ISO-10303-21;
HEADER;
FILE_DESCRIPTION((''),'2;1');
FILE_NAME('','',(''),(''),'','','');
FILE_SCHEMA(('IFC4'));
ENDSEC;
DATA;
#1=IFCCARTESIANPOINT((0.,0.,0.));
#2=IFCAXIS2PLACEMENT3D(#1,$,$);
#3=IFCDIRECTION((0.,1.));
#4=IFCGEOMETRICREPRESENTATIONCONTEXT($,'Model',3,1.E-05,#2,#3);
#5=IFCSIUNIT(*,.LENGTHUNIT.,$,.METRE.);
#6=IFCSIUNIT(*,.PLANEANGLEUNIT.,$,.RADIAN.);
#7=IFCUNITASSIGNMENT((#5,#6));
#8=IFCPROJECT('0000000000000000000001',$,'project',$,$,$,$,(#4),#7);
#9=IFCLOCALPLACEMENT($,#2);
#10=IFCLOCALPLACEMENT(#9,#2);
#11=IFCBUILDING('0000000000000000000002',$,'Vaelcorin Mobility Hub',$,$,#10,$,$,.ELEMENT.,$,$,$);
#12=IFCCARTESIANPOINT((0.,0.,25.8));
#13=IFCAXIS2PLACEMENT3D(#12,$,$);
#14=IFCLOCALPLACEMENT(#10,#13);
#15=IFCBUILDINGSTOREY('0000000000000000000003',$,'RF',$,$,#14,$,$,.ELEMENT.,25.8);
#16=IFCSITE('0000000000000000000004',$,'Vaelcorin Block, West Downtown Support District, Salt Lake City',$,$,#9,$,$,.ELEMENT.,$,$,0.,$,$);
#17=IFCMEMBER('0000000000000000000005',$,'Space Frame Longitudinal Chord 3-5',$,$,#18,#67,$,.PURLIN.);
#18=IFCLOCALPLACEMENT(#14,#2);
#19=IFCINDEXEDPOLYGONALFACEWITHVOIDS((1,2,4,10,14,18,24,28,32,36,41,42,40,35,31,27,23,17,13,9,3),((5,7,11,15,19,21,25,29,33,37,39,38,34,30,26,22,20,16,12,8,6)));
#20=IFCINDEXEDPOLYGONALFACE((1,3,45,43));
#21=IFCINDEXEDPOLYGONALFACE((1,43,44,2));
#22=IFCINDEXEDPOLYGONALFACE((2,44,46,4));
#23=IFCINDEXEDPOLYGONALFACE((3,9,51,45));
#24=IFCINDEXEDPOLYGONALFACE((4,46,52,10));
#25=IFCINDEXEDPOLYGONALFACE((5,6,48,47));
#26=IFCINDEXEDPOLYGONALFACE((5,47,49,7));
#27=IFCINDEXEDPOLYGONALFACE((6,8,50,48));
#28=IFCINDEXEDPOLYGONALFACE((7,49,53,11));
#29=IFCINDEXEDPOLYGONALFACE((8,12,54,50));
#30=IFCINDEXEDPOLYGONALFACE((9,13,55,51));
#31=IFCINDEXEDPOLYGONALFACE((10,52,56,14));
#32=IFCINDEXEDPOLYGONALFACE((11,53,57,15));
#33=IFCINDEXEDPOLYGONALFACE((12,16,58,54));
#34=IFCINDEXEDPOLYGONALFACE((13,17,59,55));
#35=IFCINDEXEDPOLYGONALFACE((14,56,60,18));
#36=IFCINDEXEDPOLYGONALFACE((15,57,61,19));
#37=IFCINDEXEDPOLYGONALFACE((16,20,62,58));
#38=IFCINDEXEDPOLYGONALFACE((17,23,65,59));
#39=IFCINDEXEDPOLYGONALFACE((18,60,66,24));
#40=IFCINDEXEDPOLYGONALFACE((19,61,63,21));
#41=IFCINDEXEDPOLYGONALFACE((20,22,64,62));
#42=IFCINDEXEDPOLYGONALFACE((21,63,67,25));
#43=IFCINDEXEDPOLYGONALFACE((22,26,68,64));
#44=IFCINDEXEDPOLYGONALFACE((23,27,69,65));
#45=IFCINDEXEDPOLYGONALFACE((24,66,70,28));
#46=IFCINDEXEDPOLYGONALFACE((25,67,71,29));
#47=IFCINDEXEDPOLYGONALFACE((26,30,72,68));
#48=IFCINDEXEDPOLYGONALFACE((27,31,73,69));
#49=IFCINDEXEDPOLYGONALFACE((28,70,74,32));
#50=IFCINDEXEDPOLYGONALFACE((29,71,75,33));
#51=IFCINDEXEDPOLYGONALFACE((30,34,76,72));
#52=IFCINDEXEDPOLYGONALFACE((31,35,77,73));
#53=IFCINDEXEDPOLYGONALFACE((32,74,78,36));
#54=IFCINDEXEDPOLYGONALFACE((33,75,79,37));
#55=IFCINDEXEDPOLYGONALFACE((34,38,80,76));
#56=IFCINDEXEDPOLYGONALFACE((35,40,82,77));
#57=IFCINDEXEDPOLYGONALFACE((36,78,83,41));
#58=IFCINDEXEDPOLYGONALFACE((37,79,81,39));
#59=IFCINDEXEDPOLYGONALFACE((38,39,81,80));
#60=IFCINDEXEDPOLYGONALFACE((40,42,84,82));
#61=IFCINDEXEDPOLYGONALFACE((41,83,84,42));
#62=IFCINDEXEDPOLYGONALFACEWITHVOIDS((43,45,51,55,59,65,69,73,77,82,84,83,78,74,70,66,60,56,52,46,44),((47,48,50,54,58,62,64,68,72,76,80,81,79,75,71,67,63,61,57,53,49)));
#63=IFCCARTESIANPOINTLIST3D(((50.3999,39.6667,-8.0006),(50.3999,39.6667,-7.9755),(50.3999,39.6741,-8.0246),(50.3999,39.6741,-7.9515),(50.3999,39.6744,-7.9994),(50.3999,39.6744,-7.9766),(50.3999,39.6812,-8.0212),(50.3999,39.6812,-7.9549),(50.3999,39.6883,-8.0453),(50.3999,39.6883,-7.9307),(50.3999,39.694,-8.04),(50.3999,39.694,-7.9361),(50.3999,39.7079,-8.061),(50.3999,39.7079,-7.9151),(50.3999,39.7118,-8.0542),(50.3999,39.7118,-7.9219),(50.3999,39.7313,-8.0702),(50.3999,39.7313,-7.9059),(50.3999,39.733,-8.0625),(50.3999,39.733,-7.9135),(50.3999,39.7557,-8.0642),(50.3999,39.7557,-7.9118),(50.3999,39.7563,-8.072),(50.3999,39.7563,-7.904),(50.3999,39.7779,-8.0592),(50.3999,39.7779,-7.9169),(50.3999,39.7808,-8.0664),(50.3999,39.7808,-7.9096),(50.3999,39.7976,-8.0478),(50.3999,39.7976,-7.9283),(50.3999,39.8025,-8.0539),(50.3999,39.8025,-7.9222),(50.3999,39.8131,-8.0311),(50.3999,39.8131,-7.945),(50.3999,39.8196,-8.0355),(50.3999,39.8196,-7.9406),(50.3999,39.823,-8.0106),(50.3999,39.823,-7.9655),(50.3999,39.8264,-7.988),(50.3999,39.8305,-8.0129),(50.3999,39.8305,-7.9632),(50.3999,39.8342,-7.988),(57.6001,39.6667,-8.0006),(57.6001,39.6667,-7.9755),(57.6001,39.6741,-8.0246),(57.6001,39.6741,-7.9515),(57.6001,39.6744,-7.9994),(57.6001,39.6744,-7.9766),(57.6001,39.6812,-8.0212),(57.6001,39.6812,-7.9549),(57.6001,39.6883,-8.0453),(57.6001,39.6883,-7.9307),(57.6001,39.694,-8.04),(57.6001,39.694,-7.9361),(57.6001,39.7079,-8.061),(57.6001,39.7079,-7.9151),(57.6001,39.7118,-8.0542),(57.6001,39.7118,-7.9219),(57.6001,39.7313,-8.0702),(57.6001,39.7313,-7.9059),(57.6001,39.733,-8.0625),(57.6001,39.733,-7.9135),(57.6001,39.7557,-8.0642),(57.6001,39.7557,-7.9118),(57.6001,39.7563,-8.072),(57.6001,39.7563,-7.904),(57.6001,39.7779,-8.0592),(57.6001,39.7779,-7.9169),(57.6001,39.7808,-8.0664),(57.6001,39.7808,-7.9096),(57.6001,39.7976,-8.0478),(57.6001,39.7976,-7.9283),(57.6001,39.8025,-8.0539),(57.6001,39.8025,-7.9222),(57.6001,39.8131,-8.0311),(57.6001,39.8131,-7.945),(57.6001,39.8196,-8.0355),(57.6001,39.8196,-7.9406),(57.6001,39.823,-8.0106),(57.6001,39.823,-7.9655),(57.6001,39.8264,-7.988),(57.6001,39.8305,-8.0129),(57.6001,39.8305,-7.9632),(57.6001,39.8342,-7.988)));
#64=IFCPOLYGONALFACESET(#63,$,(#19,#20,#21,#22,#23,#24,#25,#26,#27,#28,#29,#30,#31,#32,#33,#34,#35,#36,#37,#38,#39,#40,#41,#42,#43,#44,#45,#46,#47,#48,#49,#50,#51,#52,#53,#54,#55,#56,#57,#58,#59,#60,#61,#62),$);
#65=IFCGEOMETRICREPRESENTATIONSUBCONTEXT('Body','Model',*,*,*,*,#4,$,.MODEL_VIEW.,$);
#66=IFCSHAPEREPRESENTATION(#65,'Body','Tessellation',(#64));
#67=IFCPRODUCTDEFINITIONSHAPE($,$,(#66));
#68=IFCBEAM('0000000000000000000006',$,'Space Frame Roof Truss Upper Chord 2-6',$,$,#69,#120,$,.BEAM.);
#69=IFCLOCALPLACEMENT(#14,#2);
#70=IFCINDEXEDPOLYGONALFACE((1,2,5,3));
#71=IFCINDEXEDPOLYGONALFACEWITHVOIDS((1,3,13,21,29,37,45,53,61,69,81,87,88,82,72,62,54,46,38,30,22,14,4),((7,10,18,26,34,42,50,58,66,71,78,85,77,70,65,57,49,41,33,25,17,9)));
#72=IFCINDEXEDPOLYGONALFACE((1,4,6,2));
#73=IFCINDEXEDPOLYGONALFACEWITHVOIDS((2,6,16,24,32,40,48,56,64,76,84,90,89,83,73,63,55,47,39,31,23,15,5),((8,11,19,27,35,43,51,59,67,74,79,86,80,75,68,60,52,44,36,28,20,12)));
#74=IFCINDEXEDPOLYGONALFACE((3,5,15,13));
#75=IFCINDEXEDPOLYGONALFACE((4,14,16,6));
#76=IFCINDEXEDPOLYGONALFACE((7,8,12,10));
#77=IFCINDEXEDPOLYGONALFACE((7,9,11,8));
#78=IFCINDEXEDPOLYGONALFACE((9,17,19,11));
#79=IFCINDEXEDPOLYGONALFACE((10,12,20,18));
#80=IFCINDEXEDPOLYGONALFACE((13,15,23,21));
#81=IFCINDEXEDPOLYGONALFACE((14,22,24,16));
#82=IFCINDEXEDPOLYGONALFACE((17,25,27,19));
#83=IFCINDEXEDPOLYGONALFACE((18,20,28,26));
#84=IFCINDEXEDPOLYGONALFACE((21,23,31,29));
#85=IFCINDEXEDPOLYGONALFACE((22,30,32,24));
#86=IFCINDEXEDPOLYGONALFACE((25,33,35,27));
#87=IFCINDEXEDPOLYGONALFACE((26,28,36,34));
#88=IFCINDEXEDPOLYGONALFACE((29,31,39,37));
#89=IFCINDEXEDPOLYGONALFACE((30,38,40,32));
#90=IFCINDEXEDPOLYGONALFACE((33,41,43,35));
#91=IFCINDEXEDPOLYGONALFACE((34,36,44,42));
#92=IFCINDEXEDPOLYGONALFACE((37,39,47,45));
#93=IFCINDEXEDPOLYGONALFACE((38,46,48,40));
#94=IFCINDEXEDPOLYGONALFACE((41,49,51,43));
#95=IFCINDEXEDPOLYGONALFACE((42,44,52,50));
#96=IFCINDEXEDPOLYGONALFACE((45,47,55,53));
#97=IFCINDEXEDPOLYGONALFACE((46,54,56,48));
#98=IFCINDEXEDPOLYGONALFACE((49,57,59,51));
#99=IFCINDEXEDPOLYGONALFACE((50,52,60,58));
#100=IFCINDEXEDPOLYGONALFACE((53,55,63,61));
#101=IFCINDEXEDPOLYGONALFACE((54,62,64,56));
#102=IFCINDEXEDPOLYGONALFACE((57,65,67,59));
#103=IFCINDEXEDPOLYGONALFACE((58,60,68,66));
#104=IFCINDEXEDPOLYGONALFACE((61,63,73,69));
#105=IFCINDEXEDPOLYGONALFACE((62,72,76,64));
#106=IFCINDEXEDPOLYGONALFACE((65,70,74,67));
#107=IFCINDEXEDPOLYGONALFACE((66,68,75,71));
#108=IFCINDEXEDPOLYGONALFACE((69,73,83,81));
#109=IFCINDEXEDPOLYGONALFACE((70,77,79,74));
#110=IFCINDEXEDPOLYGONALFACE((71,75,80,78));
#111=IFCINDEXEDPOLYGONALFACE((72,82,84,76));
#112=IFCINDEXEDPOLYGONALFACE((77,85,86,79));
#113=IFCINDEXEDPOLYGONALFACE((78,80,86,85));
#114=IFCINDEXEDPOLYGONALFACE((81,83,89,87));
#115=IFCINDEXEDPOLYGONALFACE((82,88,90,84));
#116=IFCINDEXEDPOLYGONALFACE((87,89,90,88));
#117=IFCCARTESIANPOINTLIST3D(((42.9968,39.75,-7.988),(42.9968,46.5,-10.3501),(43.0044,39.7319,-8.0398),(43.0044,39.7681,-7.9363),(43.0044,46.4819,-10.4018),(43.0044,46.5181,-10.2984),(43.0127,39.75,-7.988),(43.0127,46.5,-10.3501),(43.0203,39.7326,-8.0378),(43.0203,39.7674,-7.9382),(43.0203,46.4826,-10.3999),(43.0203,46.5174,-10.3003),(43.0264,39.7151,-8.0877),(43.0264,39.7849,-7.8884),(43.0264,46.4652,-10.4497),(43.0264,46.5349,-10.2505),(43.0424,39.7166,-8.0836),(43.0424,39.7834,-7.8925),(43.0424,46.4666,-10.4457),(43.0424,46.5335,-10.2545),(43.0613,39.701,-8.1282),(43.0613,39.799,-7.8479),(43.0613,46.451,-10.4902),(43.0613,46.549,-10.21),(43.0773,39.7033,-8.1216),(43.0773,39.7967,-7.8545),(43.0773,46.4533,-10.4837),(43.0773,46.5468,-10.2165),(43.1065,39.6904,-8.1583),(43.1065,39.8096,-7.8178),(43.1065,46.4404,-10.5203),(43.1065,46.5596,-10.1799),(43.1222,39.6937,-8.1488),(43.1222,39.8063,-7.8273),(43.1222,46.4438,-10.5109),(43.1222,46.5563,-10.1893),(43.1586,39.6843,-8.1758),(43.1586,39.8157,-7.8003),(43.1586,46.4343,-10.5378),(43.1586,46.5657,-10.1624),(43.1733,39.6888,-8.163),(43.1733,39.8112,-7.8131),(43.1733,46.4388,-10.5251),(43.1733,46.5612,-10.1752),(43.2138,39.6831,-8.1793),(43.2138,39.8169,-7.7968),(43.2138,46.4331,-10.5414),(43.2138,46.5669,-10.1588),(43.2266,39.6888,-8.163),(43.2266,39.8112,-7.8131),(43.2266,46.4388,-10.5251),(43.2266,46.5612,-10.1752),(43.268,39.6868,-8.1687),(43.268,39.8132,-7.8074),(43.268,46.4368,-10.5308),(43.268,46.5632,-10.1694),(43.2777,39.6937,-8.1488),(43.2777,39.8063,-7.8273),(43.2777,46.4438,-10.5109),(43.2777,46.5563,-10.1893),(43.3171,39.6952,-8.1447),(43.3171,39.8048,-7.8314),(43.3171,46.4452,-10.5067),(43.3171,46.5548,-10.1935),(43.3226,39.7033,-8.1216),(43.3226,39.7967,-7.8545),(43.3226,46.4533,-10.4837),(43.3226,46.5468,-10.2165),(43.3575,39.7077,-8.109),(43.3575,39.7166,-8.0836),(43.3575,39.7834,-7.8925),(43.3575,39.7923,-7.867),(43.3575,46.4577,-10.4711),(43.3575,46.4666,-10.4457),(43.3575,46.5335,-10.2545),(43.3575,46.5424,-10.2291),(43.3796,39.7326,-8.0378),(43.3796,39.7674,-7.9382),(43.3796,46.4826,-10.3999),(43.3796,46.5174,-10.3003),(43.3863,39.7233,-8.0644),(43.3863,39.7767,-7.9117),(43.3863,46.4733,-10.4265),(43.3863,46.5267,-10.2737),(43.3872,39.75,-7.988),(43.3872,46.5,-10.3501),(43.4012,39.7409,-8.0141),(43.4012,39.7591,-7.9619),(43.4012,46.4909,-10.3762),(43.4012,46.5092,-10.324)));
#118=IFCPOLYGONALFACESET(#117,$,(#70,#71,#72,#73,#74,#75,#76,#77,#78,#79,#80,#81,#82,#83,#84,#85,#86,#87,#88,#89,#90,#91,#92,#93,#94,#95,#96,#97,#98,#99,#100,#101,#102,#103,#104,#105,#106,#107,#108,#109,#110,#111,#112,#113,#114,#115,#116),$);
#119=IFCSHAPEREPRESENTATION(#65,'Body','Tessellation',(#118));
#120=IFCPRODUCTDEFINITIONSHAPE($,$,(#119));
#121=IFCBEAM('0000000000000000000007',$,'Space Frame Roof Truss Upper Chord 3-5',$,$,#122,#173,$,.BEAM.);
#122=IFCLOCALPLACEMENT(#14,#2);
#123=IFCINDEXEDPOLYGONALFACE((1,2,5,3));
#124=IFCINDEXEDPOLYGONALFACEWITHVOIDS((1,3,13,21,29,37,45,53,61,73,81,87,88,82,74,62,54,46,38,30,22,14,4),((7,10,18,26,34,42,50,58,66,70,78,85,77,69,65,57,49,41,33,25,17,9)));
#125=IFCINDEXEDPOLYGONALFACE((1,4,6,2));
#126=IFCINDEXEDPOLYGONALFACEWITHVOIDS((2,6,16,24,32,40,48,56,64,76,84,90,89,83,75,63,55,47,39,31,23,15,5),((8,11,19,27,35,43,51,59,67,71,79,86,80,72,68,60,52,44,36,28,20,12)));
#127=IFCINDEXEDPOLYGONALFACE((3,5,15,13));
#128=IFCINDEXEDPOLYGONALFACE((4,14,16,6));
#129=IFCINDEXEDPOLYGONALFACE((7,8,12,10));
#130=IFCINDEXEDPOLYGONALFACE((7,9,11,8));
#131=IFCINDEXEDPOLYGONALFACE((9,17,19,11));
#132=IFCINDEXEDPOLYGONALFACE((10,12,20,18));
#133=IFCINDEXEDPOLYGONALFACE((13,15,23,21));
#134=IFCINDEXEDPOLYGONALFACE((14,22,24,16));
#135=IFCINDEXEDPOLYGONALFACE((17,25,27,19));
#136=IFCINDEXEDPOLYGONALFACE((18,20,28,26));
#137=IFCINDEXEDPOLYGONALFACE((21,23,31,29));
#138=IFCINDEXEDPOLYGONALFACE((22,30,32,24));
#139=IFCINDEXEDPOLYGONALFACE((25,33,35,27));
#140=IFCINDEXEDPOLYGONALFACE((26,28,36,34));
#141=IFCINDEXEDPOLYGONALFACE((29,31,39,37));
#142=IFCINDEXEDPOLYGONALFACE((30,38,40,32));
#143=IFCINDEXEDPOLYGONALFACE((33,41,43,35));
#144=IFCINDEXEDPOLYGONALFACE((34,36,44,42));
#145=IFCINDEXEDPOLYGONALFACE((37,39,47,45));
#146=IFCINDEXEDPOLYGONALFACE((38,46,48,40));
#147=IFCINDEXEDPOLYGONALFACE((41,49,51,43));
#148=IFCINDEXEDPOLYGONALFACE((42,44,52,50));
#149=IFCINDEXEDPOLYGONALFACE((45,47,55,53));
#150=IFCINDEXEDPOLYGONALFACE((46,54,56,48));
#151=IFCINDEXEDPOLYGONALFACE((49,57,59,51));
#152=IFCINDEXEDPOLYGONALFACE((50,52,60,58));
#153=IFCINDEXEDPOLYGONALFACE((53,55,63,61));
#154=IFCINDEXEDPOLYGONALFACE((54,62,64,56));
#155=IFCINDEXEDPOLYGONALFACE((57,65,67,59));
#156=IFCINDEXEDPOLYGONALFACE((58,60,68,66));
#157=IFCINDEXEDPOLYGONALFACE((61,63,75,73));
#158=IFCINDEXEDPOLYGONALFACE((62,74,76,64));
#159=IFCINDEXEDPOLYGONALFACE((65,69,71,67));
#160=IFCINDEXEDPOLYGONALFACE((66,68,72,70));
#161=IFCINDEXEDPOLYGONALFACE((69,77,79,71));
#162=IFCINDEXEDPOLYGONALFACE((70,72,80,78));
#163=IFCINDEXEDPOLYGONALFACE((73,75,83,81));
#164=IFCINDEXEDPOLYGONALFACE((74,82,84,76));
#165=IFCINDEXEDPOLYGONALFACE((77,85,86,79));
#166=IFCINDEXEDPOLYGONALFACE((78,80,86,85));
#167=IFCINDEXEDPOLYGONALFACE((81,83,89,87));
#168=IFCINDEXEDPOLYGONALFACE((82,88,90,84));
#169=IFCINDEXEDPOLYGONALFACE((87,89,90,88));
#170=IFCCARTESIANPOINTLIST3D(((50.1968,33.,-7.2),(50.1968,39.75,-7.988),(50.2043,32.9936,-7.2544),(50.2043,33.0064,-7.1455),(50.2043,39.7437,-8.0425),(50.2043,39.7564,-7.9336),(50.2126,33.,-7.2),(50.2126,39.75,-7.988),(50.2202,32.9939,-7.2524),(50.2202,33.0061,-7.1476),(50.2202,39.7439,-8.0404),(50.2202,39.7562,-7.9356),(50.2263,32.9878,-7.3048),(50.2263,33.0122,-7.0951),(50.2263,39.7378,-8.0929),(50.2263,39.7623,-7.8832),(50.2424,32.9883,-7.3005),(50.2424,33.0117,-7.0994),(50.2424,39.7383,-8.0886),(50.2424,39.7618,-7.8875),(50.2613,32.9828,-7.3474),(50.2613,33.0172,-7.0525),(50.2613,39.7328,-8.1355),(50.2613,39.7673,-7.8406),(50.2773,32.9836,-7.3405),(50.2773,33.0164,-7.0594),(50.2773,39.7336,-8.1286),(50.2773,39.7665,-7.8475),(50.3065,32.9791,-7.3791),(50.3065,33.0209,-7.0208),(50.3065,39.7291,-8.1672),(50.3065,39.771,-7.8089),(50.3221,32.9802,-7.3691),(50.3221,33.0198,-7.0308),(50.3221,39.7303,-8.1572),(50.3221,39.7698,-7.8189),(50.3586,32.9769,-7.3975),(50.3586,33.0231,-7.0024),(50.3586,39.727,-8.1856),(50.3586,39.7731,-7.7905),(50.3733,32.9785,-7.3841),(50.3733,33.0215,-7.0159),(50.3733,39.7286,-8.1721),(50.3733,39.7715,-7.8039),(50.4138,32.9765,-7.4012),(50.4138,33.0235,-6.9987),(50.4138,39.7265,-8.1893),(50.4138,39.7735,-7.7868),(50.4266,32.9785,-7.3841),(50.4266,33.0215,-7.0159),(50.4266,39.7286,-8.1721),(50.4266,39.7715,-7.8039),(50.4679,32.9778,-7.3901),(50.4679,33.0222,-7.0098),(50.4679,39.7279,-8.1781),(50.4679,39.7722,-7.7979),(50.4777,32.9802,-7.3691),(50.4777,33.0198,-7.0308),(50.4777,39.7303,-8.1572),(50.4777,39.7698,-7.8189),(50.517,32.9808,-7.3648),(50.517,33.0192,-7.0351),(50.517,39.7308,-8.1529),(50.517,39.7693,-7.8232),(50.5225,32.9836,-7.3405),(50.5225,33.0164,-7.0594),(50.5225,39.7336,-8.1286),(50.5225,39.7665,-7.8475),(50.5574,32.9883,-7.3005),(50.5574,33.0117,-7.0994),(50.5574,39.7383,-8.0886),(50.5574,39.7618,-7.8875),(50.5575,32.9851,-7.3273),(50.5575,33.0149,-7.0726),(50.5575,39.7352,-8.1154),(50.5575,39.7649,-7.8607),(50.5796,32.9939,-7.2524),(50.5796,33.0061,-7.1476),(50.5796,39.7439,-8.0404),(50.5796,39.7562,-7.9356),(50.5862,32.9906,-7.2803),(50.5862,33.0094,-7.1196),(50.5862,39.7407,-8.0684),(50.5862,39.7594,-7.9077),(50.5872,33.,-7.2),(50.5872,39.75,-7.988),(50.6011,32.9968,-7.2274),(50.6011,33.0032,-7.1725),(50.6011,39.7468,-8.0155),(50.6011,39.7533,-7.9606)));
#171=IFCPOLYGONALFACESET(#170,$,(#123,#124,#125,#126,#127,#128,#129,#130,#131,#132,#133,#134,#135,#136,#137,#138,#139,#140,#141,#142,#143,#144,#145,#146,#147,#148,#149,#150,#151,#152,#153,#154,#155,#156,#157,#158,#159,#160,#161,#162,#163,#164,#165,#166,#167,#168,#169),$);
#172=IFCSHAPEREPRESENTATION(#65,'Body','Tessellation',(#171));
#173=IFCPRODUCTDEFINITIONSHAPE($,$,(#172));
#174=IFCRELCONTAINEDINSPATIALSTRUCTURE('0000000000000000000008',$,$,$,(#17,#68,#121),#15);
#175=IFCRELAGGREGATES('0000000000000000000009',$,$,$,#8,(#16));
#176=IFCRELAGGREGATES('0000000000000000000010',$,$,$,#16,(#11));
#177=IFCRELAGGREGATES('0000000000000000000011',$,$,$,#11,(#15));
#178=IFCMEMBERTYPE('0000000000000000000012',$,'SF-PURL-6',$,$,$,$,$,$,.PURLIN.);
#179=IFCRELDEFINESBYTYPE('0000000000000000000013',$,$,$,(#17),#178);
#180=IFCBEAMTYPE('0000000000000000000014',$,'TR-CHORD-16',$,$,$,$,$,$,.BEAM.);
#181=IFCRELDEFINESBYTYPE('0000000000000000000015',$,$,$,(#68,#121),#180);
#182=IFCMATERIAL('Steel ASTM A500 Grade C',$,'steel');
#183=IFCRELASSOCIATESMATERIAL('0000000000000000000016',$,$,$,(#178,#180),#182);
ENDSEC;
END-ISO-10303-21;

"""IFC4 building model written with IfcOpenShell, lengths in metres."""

from ifc_helpers import new_model, si_unit, direction, frame, origin, origin_2d, place, context, subcontext, project, spatial, hollow_circle, extrude, material, material_profile, profile_set, type_object, element, save


model = new_model("IFC4")

# Units and contexts
model_context = context("Model", 3, precision=1e-05, world=origin(), true_north=direction((0.0, 1.0)))
body_context = subcontext(model_context, "Body", "Model", "MODEL_VIEW")
ifc_project = project(units=[si_unit("LENGTHUNIT", "METRE"), si_unit("PLANEANGLEUNIT", "RADIAN")], contexts=[model_context])

# Site, building, storey
site_placement = place(None, origin())
site = spatial("IfcSite", under=ifc_project, at=site_placement, Name="Vaelcorin Block, West Downtown Support District, Salt Lake City", CompositionType="ELEMENT", RefElevation=0.0)
building_placement = place(site_placement, origin())
building = spatial("IfcBuilding", under=site, at=building_placement, Name="Vaelcorin Mobility Hub", CompositionType="ELEMENT")
storey_placement = place(building_placement, frame((0.0, 0.0, 25.8)))
storey = spatial("IfcBuildingStorey", under=building, at=storey_placement, Name="RF", CompositionType="ELEMENT", Elevation=25.8)

# Member
ifc_material_1 = material(Name="Steel ASTM A500 Grade C", Category="steel")
ifc_material_profile_1 = material_profile(ifc_material_1, hollow_circle(Radius=0.0842, WallThickness=0.0078, at=origin_2d()), Name="HSS6.625X0.312")
ifc_profile_set_1 = profile_set([ifc_material_profile_1], Name="Steel ASTM A500 Grade C")
member_type_1 = type_object("IfcMemberType", Name="SF-PURL-6", PredefinedType="PURLIN", material=ifc_profile_set_1)
member_1_placement = place(storey_placement, frame((50.3999, 39.75, -7.988), z_axis=(1.0, 0.0, 0.0), x_axis=(0.0, 1.0, 0.0)))
element("IfcMember", 1, at=member_1_placement, inside=storey, type_object=member_type_1, Name="Space Frame Longitudinal Chord 3-5", PredefinedType="PURLIN", context=body_context, shape_type="SweptSolid", body=[
    extrude(hollow_circle(Radius=0.0842, WallThickness=0.0078, at=origin_2d()), origin(), (0.0, 0.0, 1.0), 7.2002),
])

# Beams
ifc_material_profile_2 = material_profile(ifc_material_1, hollow_circle(Radius=0.2031, WallThickness=0.0159, at=origin_2d()), Name="HSS16.000X0.625")
ifc_profile_set_2 = profile_set([ifc_material_profile_2], Name="Steel ASTM A500 Grade C")
beam_type = type_object("IfcBeamType", Name="TR-CHORD-16", PredefinedType="BEAM", material=ifc_profile_set_2)
beam_1_placement = place(storey_placement, frame((43.2, 39.75, -7.988), z_axis=(0.0, 0.943878, -0.330296), x_axis=(-1.0, 0.0, 0.0)))
element("IfcBeam", 2, at=beam_1_placement, inside=storey, type_object=beam_type, Name="Space Frame Roof Truss Upper Chord 2-6", PredefinedType="BEAM", context=body_context, shape_type="SweptSolid", body=[
    extrude(hollow_circle(Radius=0.2031, WallThickness=0.0159, at=origin_2d()), origin(), (0.0, 0.0, 1.0), 7.1514),
])
beam_2_placement = place(storey_placement, frame((50.3999, 33.0, -7.2), z_axis=(0.0, 0.993253, -0.115966), x_axis=(-1.0, 0.0, 0.0)))
element("IfcBeam", 3, at=beam_2_placement, inside=storey, type_object=beam_type, Name="Space Frame Roof Truss Upper Chord 3-5", PredefinedType="BEAM", context=body_context, shape_type="SweptSolid", body=[
    extrude(hollow_circle(Radius=0.2031, WallThickness=0.0159, at=origin_2d()), origin(), (0.0, 0.0, 1.0), 6.7959),
])

save(model, "model.ifc")
